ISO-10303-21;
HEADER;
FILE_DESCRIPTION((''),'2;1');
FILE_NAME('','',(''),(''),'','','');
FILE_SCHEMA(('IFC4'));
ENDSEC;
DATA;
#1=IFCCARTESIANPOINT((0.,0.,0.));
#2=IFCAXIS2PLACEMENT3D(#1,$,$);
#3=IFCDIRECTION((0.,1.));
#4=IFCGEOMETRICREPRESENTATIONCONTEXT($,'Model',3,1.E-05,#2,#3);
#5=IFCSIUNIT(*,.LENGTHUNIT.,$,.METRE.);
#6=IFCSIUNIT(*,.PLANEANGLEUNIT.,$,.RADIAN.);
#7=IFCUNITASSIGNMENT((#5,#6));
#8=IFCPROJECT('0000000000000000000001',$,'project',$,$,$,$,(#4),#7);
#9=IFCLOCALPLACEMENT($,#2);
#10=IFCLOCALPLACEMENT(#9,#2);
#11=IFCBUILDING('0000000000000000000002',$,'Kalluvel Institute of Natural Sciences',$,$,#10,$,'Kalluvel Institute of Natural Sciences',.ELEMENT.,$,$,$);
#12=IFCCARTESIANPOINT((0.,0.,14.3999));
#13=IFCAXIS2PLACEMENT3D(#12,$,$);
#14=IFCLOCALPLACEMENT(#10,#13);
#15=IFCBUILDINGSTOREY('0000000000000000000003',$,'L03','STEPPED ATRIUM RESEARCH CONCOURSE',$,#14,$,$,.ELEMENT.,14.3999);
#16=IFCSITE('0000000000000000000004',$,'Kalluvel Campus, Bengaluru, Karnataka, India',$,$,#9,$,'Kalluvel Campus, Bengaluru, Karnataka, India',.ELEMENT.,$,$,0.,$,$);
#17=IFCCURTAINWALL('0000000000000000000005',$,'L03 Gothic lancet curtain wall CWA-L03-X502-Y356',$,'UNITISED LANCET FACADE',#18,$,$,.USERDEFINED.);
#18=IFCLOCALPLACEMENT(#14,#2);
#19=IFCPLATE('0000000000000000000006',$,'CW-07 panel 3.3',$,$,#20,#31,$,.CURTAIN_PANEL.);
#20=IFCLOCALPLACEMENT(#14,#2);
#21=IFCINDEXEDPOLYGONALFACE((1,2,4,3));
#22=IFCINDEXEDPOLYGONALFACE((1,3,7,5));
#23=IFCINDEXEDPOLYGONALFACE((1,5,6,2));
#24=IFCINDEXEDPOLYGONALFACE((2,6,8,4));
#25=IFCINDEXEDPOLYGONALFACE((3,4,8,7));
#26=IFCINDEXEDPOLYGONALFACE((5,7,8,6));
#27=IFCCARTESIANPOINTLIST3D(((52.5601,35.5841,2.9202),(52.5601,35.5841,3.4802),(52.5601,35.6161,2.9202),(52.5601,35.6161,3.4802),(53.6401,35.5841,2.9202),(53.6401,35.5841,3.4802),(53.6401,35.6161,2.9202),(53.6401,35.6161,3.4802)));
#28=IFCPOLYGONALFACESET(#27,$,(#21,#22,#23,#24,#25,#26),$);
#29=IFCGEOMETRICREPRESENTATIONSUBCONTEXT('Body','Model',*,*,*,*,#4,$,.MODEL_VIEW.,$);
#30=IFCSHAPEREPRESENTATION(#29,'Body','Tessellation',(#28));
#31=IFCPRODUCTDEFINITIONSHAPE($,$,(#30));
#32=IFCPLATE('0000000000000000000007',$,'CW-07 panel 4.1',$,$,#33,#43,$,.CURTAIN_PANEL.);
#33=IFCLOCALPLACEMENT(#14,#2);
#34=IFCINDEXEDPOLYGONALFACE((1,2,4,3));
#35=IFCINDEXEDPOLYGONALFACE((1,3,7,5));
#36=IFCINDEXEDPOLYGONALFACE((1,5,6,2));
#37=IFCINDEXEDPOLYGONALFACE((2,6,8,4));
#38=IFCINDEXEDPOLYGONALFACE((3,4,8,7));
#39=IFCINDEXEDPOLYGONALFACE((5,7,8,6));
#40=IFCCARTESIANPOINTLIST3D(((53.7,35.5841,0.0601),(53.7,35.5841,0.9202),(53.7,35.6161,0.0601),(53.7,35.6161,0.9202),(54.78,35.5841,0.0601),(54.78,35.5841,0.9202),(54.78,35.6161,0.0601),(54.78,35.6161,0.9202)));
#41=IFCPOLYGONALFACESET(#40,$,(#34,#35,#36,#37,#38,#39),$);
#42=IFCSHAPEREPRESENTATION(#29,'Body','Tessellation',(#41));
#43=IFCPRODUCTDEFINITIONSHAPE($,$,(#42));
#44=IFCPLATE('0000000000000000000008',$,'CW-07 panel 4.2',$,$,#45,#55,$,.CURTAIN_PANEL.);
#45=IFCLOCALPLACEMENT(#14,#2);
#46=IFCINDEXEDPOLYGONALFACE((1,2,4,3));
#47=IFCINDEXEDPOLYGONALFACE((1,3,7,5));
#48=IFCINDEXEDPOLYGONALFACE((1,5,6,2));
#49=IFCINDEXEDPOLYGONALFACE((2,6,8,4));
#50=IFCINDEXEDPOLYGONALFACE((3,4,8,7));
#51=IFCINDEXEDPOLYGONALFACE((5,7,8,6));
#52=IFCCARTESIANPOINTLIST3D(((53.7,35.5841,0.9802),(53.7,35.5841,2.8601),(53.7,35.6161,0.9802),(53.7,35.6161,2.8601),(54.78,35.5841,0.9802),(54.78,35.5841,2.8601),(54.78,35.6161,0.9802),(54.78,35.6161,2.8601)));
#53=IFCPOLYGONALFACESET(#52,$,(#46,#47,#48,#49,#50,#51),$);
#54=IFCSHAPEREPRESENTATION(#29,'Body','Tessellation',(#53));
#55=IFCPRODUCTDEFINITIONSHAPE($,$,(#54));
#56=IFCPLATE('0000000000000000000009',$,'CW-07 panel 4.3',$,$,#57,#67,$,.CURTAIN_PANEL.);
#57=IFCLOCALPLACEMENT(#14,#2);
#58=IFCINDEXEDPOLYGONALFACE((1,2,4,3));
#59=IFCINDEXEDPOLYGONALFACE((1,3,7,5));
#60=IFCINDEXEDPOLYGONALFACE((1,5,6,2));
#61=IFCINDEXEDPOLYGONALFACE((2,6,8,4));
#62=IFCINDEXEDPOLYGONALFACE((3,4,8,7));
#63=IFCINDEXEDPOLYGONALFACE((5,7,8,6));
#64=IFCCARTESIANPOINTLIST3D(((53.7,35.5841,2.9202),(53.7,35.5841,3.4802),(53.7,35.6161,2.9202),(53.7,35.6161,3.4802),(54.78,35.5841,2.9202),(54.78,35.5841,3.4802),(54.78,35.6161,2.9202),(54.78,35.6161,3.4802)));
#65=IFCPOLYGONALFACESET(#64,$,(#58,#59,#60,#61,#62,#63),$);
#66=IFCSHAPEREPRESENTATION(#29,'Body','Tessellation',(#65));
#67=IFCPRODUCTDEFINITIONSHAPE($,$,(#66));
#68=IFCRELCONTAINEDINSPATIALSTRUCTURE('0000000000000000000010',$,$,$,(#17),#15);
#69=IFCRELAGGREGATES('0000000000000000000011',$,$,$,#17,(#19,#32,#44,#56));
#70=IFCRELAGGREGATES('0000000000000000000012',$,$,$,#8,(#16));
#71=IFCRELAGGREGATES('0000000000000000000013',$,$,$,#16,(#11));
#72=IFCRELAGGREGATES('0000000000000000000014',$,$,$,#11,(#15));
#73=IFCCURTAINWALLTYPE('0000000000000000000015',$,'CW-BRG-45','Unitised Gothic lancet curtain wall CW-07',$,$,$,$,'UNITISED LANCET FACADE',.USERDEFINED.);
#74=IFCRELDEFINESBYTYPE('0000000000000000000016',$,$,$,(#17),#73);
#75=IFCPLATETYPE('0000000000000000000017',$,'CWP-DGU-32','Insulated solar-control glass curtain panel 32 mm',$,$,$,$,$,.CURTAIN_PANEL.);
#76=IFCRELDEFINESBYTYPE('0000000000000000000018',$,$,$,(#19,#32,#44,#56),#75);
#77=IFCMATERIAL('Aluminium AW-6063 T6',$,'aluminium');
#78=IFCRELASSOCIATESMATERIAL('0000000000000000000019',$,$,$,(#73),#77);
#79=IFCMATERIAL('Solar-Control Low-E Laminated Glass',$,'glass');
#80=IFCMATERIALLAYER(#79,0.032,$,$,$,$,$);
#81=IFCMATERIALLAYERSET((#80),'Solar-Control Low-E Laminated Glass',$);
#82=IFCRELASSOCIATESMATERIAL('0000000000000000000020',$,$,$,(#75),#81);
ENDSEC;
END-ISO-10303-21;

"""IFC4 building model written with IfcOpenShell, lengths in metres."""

from ifc_helpers import new_model, si_unit, direction, frame, origin, origin_2d, place, context, subcontext, project, spatial, rectangle, extrude, material, layer, layer_set, type_object, element, aggregate, save


model = new_model("IFC4")

# Units and contexts
model_context = context("Model", 3, precision=1e-05, world=origin(), true_north=direction((0.0, 1.0)))
body_context = subcontext(model_context, "Body", "Model", "MODEL_VIEW")
ifc_project = project(units=[si_unit("LENGTHUNIT", "METRE"), si_unit("PLANEANGLEUNIT", "RADIAN")], contexts=[model_context])

# Site, building, storey
site_placement = place(None, origin())
site = spatial("IfcSite", under=ifc_project, at=site_placement, Name="Kalluvel Campus, Bengaluru, Karnataka, India", LongName="Kalluvel Campus, Bengaluru, Karnataka, India", CompositionType="ELEMENT", RefElevation=0.0)
building_placement = place(site_placement, origin())
building = spatial("IfcBuilding", under=site, at=building_placement, Name="Kalluvel Institute of Natural Sciences", LongName="Kalluvel Institute of Natural Sciences", CompositionType="ELEMENT")
storey_placement = place(building_placement, frame((0.0, 0.0, 14.3999)))
storey = spatial("IfcBuildingStorey", under=building, at=storey_placement, Name="L03", Description="STEPPED ATRIUM RESEARCH CONCOURSE", CompositionType="ELEMENT", Elevation=14.3999)

# Curtain wall
ifc_material_1 = material(Name="Aluminium AW-6063 T6", Category="aluminium")
curtain_wall_type = type_object("IfcCurtainWallType", Name="CW-BRG-45", Description="Unitised Gothic lancet curtain wall CW-07", ElementType="UNITISED LANCET FACADE", PredefinedType="USERDEFINED", material=ifc_material_1)
curtain_wall_placement = place(storey_placement, origin())
curtain_wall = element("IfcCurtainWall", 1, at=curtain_wall_placement, inside=storey, type_object=curtain_wall_type, Name="L03 Gothic lancet curtain wall CWA-L03-X502-Y356", ObjectType="UNITISED LANCET FACADE", PredefinedType="USERDEFINED")

# Plates
ifc_material_2 = material(Name="Solar-Control Low-E Laminated Glass", Category="glass")
ifc_layer = layer(ifc_material_2, 0.032)
ifc_layer_set = layer_set([ifc_layer], Name="Solar-Control Low-E Laminated Glass")
plate_type = type_object("IfcPlateType", Name="CWP-DGU-32", Description="Insulated solar-control glass curtain panel 32 mm", PredefinedType="CURTAIN_PANEL", material=ifc_layer_set)
plate_1_placement = place(storey_placement, frame((53.1001, 35.6001, 2.9202), z_axis=(0.0, 0.0, 1.0), x_axis=(1.0, 0.0, 0.0)))
plate_1 = element("IfcPlate", 2, at=plate_1_placement, type_object=plate_type, Name="CW-07 panel 3.3", PredefinedType="CURTAIN_PANEL", context=body_context, shape_type="SweptSolid", body=[
    extrude(rectangle(XDim=1.0801, YDim=0.032, at=origin_2d()), origin(), (0.0, 0.0, 1.0), 0.5601),
])
plate_2_placement = place(storey_placement, frame((54.24, 35.6001, 0.0601), z_axis=(0.0, 0.0, 1.0), x_axis=(1.0, 0.0, 0.0)))
plate_2 = element("IfcPlate", 3, at=plate_2_placement, type_object=plate_type, Name="CW-07 panel 4.1", PredefinedType="CURTAIN_PANEL", context=body_context, shape_type="SweptSolid", body=[
    extrude(rectangle(XDim=1.0801, YDim=0.032, at=origin_2d()), origin(), (0.0, 0.0, 1.0), 0.8601),
])
plate_3_placement = place(storey_placement, frame((54.24, 35.6001, 0.9802), z_axis=(0.0, 0.0, 1.0), x_axis=(1.0, 0.0, 0.0)))
plate_3 = element("IfcPlate", 4, at=plate_3_placement, type_object=plate_type, Name="CW-07 panel 4.2", PredefinedType="CURTAIN_PANEL", context=body_context, shape_type="SweptSolid", body=[
    extrude(rectangle(XDim=1.0801, YDim=0.032, at=origin_2d()), origin(), (0.0, 0.0, 1.0), 1.8799),
])
plate_4_placement = place(storey_placement, frame((54.24, 35.6001, 2.9202), z_axis=(0.0, 0.0, 1.0), x_axis=(1.0, 0.0, 0.0)))
plate_4 = element("IfcPlate", 5, at=plate_4_placement, type_object=plate_type, Name="CW-07 panel 4.3", PredefinedType="CURTAIN_PANEL", context=body_context, shape_type="SweptSolid", body=[
    extrude(rectangle(XDim=1.0801, YDim=0.032, at=origin_2d()), origin(), (0.0, 0.0, 1.0), 0.5601),
])
aggregate(curtain_wall, [plate_1, plate_2, plate_3, plate_4])

save(model, "model.ifc")
